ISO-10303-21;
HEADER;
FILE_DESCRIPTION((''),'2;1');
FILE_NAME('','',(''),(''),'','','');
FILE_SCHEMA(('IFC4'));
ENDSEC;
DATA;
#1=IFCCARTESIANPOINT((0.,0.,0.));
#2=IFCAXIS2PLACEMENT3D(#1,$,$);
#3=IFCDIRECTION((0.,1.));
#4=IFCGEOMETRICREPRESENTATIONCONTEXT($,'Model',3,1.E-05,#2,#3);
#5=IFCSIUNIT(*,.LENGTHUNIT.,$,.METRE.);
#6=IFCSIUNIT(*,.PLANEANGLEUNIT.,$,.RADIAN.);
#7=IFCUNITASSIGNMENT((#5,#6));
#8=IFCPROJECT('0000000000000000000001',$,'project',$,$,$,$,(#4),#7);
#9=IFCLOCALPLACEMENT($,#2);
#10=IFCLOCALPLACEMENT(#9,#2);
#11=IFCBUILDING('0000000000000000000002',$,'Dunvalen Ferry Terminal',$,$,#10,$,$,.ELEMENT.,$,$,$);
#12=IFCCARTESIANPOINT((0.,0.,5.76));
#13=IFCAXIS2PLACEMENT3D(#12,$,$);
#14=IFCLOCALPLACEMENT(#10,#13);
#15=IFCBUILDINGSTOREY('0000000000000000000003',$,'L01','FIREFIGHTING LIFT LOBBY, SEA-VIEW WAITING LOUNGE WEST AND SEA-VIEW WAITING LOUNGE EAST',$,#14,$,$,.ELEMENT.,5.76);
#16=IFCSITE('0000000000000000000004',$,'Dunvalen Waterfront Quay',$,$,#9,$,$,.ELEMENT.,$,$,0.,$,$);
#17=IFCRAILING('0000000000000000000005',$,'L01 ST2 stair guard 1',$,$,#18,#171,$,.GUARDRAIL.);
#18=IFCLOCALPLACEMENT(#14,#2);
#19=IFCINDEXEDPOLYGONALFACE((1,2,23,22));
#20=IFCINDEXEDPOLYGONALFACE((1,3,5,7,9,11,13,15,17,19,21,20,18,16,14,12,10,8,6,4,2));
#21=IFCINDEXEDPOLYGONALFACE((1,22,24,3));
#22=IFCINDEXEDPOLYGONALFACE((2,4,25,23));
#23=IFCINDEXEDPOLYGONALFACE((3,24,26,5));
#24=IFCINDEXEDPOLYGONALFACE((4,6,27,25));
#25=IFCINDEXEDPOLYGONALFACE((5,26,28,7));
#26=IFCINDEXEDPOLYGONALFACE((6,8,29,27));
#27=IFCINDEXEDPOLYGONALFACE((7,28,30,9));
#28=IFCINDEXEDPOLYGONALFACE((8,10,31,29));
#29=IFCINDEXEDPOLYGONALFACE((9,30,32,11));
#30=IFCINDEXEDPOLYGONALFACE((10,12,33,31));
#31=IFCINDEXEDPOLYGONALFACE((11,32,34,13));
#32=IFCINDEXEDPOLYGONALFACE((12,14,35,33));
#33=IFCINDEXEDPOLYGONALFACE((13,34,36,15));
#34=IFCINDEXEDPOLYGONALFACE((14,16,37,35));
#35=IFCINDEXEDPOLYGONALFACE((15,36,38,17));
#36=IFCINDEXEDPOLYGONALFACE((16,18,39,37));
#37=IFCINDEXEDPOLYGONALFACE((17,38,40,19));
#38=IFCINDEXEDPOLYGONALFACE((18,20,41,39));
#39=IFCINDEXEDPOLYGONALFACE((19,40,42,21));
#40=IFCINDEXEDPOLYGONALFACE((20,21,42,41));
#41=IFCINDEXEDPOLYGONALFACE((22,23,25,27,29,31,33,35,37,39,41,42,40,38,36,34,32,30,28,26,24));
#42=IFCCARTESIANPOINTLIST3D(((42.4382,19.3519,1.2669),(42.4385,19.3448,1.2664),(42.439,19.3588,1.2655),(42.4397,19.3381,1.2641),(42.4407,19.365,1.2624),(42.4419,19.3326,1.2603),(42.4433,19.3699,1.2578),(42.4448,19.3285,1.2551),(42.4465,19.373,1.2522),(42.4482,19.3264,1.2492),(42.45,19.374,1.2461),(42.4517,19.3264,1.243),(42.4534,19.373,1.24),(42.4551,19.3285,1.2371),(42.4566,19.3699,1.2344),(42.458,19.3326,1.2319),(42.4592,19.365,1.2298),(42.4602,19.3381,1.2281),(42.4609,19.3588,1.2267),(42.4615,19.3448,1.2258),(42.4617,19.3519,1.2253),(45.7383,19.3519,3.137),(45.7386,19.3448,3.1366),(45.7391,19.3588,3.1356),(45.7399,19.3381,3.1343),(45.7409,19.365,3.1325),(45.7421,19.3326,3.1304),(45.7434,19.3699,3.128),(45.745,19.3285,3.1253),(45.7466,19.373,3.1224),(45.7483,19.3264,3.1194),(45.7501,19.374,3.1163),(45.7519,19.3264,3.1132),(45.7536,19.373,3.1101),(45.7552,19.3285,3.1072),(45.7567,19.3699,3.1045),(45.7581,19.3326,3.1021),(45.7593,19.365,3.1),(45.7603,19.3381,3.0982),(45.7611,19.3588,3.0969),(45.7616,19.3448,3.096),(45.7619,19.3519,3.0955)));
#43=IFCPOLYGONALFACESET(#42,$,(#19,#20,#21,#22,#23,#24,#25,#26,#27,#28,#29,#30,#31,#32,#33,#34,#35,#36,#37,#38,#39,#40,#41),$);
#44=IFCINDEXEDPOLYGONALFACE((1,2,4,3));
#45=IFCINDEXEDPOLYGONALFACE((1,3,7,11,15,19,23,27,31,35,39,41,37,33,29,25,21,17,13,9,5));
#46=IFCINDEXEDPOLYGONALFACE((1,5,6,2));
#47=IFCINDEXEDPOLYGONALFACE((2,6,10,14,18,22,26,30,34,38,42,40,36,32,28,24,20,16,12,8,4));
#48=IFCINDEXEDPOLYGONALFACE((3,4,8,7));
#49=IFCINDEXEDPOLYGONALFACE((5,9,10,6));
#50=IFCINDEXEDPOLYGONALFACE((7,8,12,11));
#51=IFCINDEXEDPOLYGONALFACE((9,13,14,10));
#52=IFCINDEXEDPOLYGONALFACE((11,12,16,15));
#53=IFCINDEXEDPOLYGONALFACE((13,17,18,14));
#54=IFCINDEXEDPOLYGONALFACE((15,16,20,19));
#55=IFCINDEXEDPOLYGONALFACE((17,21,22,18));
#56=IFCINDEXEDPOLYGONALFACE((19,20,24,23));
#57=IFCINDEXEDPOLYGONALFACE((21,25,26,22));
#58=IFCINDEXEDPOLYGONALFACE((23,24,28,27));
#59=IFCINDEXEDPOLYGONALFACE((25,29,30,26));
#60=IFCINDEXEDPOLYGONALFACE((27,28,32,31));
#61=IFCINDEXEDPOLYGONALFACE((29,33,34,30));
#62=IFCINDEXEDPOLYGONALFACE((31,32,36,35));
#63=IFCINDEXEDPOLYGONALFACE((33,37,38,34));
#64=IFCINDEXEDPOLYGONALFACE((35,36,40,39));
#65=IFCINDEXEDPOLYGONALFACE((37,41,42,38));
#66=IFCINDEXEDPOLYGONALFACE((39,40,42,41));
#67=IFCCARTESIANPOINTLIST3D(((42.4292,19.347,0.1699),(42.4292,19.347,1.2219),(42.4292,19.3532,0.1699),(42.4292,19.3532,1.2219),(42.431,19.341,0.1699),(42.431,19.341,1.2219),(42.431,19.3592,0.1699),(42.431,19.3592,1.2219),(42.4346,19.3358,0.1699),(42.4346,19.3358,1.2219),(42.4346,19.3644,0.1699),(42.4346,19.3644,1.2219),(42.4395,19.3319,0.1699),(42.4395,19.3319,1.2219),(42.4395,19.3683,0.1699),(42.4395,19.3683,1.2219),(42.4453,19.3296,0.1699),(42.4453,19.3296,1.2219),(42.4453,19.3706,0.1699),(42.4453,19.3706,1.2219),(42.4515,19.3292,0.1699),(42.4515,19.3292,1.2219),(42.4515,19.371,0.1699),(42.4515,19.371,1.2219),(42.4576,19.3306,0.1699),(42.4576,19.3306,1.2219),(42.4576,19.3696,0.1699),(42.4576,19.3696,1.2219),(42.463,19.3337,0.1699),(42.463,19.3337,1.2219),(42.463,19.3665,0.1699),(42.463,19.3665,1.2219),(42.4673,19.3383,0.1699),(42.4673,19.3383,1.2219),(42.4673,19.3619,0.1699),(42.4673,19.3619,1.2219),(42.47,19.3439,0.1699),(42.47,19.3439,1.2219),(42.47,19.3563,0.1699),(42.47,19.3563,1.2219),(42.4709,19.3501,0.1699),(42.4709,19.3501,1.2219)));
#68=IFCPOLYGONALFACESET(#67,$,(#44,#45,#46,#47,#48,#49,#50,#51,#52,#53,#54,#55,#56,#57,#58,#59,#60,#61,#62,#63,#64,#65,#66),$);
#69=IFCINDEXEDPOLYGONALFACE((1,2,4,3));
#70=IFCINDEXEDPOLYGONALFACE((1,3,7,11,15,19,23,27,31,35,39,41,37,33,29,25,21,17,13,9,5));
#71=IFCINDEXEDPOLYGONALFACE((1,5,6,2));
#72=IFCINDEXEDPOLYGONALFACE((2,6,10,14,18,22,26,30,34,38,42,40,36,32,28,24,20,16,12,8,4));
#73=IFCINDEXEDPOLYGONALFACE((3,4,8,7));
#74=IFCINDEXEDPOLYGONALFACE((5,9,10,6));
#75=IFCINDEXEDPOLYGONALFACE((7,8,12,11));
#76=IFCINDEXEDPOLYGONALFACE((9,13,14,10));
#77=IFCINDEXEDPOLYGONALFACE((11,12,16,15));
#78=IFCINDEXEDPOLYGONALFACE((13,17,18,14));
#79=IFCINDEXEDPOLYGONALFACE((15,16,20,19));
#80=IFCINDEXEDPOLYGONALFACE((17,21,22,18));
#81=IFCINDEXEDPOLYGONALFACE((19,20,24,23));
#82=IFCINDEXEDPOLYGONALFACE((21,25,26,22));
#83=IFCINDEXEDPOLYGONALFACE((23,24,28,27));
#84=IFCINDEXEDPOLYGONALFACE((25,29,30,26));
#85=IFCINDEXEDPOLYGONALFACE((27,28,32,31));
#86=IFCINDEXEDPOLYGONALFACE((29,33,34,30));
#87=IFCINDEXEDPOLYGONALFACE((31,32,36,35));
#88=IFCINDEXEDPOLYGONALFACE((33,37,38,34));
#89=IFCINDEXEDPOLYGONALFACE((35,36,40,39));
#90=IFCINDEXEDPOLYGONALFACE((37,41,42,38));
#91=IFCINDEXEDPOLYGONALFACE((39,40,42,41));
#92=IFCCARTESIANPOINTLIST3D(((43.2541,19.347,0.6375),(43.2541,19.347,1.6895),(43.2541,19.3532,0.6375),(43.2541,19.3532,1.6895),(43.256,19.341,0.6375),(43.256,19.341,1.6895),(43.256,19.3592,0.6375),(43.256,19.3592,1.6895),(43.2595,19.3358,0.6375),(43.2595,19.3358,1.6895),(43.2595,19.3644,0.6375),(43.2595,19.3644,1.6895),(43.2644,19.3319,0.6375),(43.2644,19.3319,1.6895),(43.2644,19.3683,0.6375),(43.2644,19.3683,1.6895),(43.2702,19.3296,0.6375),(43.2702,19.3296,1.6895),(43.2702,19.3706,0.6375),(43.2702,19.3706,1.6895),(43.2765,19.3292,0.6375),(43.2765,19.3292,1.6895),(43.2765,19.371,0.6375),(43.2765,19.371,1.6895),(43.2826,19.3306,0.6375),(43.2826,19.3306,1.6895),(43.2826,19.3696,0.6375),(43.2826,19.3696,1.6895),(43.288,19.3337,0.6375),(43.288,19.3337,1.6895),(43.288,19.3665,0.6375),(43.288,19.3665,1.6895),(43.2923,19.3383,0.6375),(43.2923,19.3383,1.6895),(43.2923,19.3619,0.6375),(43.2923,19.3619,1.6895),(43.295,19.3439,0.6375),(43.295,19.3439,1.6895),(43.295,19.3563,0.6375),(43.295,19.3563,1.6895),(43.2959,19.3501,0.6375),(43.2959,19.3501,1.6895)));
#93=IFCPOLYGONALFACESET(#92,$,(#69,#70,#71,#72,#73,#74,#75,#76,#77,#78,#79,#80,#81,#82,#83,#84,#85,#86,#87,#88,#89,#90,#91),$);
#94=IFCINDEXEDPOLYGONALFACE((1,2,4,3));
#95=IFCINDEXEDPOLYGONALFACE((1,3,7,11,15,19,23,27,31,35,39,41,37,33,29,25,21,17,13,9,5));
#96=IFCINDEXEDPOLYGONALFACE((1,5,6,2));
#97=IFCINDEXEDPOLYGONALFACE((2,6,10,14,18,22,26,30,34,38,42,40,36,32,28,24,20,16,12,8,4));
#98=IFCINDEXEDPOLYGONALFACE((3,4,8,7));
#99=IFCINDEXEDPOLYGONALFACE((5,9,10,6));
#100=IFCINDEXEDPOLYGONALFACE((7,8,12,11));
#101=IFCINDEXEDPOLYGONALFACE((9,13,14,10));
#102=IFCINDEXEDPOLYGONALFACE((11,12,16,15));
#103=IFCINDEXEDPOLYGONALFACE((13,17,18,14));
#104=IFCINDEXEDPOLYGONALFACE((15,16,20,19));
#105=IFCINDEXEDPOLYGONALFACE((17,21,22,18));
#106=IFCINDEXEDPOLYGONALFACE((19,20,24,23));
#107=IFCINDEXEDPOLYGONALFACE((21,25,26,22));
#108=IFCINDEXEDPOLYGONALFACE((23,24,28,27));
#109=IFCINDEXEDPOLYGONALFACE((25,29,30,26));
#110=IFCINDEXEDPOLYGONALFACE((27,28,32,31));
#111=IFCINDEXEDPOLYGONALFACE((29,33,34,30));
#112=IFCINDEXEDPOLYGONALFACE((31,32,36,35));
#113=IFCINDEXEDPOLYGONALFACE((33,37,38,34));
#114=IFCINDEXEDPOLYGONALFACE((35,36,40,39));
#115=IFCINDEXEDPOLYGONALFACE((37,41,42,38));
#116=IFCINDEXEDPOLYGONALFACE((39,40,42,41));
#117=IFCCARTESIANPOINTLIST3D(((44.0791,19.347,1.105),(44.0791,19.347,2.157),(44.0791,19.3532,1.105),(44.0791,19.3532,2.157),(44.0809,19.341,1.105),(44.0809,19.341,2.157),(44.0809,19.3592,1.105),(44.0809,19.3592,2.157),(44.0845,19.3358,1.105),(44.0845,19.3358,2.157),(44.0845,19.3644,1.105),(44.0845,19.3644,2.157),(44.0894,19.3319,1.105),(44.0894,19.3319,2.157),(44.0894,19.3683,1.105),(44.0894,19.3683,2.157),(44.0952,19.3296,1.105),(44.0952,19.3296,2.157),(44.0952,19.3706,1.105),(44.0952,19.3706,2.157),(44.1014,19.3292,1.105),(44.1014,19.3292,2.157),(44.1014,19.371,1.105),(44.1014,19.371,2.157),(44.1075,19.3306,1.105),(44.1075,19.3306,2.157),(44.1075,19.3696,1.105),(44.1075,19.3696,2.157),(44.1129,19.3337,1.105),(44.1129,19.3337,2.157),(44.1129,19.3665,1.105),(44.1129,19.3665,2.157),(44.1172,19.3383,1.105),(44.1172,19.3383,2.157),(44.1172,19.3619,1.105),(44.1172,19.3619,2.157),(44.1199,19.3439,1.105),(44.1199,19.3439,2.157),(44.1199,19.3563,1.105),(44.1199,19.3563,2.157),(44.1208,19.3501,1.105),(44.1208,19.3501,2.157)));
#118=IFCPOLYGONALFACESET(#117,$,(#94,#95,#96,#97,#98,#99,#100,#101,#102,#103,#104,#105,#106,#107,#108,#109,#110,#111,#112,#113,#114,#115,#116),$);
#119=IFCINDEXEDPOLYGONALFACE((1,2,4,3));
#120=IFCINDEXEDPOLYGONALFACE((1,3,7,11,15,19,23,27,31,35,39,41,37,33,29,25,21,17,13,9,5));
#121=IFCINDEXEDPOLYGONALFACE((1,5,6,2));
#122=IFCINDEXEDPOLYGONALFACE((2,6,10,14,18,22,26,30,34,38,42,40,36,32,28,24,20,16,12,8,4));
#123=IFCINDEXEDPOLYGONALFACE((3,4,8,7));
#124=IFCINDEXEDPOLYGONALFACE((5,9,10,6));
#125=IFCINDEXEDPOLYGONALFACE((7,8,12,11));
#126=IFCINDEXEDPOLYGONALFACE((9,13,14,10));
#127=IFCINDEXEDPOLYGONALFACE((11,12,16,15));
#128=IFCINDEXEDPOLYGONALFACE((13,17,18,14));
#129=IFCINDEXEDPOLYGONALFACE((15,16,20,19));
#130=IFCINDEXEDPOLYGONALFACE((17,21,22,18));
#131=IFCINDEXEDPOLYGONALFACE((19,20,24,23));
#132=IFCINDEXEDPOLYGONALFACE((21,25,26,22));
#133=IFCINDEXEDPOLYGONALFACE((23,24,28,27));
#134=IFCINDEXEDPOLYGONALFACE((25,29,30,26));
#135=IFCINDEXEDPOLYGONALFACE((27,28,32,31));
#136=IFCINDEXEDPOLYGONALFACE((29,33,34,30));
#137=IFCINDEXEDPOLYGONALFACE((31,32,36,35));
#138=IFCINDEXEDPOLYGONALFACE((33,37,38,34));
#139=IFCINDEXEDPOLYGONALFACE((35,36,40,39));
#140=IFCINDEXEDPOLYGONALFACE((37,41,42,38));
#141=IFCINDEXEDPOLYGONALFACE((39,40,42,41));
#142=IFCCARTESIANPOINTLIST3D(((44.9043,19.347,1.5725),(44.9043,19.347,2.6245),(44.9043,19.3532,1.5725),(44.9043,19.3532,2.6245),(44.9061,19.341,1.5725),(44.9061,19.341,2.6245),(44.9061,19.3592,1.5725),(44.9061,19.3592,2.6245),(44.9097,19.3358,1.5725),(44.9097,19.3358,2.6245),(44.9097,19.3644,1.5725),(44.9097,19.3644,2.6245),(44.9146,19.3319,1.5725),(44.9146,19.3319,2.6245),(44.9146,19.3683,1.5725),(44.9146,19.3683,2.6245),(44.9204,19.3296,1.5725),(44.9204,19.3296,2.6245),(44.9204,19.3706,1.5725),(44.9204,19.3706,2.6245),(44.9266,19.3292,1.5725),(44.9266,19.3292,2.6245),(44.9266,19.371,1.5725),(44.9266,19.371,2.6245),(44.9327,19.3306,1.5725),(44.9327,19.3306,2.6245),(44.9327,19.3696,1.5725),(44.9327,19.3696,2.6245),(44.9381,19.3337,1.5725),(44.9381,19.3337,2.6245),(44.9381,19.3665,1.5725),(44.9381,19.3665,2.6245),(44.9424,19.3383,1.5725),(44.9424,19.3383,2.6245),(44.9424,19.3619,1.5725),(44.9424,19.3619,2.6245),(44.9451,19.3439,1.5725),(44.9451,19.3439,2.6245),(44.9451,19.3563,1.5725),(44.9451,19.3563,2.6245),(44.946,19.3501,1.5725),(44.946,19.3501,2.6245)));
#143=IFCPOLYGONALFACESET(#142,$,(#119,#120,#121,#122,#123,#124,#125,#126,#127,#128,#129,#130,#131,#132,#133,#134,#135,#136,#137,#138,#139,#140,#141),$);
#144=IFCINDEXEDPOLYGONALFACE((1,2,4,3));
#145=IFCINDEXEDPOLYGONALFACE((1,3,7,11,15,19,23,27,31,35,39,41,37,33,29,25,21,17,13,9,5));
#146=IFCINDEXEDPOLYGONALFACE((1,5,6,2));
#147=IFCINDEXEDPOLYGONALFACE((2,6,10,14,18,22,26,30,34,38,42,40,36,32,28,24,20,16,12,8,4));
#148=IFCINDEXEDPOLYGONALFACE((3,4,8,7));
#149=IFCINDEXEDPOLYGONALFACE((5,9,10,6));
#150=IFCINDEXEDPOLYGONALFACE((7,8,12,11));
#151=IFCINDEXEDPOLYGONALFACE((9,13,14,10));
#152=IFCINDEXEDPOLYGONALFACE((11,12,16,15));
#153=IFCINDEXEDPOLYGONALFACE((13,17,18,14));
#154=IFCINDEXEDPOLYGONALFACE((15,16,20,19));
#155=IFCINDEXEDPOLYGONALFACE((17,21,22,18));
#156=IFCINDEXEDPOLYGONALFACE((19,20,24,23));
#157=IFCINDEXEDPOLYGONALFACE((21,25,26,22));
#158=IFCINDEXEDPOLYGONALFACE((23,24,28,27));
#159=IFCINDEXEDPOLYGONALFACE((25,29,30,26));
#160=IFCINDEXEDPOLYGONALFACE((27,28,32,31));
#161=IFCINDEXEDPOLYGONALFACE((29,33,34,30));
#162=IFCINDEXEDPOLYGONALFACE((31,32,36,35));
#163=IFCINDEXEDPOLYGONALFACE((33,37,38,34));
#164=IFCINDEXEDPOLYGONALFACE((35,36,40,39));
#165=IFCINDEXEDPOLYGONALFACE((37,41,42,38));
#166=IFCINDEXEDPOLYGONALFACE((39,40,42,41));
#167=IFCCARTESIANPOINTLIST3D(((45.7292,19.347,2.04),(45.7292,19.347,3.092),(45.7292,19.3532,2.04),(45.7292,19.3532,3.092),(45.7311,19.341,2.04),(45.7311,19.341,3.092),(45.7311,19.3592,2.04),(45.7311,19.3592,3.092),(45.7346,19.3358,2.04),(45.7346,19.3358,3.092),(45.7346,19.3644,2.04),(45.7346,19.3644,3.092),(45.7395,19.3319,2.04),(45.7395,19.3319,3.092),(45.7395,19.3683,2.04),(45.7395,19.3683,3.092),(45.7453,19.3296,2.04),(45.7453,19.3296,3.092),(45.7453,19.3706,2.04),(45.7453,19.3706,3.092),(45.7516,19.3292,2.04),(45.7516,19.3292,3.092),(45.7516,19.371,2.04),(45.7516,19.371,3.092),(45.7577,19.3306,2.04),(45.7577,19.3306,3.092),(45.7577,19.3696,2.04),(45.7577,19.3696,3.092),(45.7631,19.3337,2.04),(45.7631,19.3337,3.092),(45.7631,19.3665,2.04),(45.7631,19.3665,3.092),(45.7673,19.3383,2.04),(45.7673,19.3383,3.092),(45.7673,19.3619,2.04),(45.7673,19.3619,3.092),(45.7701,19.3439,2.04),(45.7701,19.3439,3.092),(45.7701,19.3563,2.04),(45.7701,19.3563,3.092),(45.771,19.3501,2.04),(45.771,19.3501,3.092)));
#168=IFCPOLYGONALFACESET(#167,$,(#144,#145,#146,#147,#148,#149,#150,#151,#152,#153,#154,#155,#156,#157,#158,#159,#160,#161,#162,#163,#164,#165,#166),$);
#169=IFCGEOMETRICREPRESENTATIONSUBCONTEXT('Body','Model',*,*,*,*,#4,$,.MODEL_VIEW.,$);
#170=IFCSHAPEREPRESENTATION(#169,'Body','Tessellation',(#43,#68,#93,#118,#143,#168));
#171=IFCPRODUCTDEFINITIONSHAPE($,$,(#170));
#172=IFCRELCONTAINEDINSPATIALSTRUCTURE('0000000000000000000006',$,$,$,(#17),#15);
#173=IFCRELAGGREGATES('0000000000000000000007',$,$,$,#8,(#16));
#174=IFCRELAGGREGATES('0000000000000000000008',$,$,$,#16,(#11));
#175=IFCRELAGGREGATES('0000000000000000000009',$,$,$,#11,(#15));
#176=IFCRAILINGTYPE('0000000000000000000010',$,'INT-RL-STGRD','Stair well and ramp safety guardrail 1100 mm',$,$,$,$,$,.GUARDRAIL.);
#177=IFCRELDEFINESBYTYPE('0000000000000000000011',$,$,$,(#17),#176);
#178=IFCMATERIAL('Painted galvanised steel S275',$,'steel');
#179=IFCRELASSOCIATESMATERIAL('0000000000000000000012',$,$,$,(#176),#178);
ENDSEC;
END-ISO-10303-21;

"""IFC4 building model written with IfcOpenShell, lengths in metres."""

from ifc_helpers import new_model, si_unit, direction, frame, origin, origin_2d, place, context, subcontext, project, spatial, circle, extrude, material, type_object, element, save


model = new_model("IFC4")

# Units and contexts
model_context = context("Model", 3, precision=1e-05, world=origin(), true_north=direction((0.0, 1.0)))
body_context = subcontext(model_context, "Body", "Model", "MODEL_VIEW")
ifc_project = project(units=[si_unit("LENGTHUNIT", "METRE"), si_unit("PLANEANGLEUNIT", "RADIAN")], contexts=[model_context])

# Site, building, storey
site_placement = place(None, origin())
site = spatial("IfcSite", under=ifc_project, at=site_placement, Name="Dunvalen Waterfront Quay", CompositionType="ELEMENT", RefElevation=0.0)
building_placement = place(site_placement, origin())
building = spatial("IfcBuilding", under=site, at=building_placement, Name="Dunvalen Ferry Terminal", CompositionType="ELEMENT")
storey_placement = place(building_placement, frame((0.0, 0.0, 5.76)))
storey = spatial("IfcBuildingStorey", under=building, at=storey_placement, Name="L01", Description="FIREFIGHTING LIFT LOBBY, SEA-VIEW WAITING LOUNGE WEST AND SEA-VIEW WAITING LOUNGE EAST", CompositionType="ELEMENT", Elevation=5.76)

# Railing
ifc_material_1 = material(Name="Painted galvanised steel S275", Category="steel")
railing_type_1 = type_object("IfcRailingType", Name="INT-RL-STGRD", Description="Stair well and ramp safety guardrail 1100 mm", PredefinedType="GUARDRAIL", material=ifc_material_1)
railing_1_placement = place(storey_placement, frame((42.45, 19.3501, 0.1699)))
element("IfcRailing", 1, at=railing_1_placement, inside=storey, type_object=railing_type_1, Name="L01 ST2 stair guard 1", PredefinedType="GUARDRAIL", context=body_context, shape_type="SweptSolid", body=[
    extrude(circle(Radius=0.0239, at=origin_2d()), frame((0.0, 0.0, 1.0762), z_axis=(0.870012, 0.0, 0.49303), x_axis=(0.0, 1.0, 0.0)), (0.0, 0.0, 1.0), 3.7932),
    extrude(circle(Radius=0.021, at=origin_2d()), origin(), (0.0, 0.0, 1.0), 1.052),
    extrude(circle(Radius=0.021, at=origin_2d()), frame((0.825, 0.0, 0.4675)), (0.0, 0.0, 1.0), 1.052),
    extrude(circle(Radius=0.021, at=origin_2d()), frame((1.6499, 0.0, 0.9351)), (0.0, 0.0, 1.0), 1.052),
    extrude(circle(Radius=0.021, at=origin_2d()), frame((2.4751, 0.0, 1.4026)), (0.0, 0.0, 1.0), 1.052),
    extrude(circle(Radius=0.021, at=origin_2d()), frame((3.3, 0.0, 1.8701)), (0.0, 0.0, 1.0), 1.052),
])

save(model, "model.ifc")
